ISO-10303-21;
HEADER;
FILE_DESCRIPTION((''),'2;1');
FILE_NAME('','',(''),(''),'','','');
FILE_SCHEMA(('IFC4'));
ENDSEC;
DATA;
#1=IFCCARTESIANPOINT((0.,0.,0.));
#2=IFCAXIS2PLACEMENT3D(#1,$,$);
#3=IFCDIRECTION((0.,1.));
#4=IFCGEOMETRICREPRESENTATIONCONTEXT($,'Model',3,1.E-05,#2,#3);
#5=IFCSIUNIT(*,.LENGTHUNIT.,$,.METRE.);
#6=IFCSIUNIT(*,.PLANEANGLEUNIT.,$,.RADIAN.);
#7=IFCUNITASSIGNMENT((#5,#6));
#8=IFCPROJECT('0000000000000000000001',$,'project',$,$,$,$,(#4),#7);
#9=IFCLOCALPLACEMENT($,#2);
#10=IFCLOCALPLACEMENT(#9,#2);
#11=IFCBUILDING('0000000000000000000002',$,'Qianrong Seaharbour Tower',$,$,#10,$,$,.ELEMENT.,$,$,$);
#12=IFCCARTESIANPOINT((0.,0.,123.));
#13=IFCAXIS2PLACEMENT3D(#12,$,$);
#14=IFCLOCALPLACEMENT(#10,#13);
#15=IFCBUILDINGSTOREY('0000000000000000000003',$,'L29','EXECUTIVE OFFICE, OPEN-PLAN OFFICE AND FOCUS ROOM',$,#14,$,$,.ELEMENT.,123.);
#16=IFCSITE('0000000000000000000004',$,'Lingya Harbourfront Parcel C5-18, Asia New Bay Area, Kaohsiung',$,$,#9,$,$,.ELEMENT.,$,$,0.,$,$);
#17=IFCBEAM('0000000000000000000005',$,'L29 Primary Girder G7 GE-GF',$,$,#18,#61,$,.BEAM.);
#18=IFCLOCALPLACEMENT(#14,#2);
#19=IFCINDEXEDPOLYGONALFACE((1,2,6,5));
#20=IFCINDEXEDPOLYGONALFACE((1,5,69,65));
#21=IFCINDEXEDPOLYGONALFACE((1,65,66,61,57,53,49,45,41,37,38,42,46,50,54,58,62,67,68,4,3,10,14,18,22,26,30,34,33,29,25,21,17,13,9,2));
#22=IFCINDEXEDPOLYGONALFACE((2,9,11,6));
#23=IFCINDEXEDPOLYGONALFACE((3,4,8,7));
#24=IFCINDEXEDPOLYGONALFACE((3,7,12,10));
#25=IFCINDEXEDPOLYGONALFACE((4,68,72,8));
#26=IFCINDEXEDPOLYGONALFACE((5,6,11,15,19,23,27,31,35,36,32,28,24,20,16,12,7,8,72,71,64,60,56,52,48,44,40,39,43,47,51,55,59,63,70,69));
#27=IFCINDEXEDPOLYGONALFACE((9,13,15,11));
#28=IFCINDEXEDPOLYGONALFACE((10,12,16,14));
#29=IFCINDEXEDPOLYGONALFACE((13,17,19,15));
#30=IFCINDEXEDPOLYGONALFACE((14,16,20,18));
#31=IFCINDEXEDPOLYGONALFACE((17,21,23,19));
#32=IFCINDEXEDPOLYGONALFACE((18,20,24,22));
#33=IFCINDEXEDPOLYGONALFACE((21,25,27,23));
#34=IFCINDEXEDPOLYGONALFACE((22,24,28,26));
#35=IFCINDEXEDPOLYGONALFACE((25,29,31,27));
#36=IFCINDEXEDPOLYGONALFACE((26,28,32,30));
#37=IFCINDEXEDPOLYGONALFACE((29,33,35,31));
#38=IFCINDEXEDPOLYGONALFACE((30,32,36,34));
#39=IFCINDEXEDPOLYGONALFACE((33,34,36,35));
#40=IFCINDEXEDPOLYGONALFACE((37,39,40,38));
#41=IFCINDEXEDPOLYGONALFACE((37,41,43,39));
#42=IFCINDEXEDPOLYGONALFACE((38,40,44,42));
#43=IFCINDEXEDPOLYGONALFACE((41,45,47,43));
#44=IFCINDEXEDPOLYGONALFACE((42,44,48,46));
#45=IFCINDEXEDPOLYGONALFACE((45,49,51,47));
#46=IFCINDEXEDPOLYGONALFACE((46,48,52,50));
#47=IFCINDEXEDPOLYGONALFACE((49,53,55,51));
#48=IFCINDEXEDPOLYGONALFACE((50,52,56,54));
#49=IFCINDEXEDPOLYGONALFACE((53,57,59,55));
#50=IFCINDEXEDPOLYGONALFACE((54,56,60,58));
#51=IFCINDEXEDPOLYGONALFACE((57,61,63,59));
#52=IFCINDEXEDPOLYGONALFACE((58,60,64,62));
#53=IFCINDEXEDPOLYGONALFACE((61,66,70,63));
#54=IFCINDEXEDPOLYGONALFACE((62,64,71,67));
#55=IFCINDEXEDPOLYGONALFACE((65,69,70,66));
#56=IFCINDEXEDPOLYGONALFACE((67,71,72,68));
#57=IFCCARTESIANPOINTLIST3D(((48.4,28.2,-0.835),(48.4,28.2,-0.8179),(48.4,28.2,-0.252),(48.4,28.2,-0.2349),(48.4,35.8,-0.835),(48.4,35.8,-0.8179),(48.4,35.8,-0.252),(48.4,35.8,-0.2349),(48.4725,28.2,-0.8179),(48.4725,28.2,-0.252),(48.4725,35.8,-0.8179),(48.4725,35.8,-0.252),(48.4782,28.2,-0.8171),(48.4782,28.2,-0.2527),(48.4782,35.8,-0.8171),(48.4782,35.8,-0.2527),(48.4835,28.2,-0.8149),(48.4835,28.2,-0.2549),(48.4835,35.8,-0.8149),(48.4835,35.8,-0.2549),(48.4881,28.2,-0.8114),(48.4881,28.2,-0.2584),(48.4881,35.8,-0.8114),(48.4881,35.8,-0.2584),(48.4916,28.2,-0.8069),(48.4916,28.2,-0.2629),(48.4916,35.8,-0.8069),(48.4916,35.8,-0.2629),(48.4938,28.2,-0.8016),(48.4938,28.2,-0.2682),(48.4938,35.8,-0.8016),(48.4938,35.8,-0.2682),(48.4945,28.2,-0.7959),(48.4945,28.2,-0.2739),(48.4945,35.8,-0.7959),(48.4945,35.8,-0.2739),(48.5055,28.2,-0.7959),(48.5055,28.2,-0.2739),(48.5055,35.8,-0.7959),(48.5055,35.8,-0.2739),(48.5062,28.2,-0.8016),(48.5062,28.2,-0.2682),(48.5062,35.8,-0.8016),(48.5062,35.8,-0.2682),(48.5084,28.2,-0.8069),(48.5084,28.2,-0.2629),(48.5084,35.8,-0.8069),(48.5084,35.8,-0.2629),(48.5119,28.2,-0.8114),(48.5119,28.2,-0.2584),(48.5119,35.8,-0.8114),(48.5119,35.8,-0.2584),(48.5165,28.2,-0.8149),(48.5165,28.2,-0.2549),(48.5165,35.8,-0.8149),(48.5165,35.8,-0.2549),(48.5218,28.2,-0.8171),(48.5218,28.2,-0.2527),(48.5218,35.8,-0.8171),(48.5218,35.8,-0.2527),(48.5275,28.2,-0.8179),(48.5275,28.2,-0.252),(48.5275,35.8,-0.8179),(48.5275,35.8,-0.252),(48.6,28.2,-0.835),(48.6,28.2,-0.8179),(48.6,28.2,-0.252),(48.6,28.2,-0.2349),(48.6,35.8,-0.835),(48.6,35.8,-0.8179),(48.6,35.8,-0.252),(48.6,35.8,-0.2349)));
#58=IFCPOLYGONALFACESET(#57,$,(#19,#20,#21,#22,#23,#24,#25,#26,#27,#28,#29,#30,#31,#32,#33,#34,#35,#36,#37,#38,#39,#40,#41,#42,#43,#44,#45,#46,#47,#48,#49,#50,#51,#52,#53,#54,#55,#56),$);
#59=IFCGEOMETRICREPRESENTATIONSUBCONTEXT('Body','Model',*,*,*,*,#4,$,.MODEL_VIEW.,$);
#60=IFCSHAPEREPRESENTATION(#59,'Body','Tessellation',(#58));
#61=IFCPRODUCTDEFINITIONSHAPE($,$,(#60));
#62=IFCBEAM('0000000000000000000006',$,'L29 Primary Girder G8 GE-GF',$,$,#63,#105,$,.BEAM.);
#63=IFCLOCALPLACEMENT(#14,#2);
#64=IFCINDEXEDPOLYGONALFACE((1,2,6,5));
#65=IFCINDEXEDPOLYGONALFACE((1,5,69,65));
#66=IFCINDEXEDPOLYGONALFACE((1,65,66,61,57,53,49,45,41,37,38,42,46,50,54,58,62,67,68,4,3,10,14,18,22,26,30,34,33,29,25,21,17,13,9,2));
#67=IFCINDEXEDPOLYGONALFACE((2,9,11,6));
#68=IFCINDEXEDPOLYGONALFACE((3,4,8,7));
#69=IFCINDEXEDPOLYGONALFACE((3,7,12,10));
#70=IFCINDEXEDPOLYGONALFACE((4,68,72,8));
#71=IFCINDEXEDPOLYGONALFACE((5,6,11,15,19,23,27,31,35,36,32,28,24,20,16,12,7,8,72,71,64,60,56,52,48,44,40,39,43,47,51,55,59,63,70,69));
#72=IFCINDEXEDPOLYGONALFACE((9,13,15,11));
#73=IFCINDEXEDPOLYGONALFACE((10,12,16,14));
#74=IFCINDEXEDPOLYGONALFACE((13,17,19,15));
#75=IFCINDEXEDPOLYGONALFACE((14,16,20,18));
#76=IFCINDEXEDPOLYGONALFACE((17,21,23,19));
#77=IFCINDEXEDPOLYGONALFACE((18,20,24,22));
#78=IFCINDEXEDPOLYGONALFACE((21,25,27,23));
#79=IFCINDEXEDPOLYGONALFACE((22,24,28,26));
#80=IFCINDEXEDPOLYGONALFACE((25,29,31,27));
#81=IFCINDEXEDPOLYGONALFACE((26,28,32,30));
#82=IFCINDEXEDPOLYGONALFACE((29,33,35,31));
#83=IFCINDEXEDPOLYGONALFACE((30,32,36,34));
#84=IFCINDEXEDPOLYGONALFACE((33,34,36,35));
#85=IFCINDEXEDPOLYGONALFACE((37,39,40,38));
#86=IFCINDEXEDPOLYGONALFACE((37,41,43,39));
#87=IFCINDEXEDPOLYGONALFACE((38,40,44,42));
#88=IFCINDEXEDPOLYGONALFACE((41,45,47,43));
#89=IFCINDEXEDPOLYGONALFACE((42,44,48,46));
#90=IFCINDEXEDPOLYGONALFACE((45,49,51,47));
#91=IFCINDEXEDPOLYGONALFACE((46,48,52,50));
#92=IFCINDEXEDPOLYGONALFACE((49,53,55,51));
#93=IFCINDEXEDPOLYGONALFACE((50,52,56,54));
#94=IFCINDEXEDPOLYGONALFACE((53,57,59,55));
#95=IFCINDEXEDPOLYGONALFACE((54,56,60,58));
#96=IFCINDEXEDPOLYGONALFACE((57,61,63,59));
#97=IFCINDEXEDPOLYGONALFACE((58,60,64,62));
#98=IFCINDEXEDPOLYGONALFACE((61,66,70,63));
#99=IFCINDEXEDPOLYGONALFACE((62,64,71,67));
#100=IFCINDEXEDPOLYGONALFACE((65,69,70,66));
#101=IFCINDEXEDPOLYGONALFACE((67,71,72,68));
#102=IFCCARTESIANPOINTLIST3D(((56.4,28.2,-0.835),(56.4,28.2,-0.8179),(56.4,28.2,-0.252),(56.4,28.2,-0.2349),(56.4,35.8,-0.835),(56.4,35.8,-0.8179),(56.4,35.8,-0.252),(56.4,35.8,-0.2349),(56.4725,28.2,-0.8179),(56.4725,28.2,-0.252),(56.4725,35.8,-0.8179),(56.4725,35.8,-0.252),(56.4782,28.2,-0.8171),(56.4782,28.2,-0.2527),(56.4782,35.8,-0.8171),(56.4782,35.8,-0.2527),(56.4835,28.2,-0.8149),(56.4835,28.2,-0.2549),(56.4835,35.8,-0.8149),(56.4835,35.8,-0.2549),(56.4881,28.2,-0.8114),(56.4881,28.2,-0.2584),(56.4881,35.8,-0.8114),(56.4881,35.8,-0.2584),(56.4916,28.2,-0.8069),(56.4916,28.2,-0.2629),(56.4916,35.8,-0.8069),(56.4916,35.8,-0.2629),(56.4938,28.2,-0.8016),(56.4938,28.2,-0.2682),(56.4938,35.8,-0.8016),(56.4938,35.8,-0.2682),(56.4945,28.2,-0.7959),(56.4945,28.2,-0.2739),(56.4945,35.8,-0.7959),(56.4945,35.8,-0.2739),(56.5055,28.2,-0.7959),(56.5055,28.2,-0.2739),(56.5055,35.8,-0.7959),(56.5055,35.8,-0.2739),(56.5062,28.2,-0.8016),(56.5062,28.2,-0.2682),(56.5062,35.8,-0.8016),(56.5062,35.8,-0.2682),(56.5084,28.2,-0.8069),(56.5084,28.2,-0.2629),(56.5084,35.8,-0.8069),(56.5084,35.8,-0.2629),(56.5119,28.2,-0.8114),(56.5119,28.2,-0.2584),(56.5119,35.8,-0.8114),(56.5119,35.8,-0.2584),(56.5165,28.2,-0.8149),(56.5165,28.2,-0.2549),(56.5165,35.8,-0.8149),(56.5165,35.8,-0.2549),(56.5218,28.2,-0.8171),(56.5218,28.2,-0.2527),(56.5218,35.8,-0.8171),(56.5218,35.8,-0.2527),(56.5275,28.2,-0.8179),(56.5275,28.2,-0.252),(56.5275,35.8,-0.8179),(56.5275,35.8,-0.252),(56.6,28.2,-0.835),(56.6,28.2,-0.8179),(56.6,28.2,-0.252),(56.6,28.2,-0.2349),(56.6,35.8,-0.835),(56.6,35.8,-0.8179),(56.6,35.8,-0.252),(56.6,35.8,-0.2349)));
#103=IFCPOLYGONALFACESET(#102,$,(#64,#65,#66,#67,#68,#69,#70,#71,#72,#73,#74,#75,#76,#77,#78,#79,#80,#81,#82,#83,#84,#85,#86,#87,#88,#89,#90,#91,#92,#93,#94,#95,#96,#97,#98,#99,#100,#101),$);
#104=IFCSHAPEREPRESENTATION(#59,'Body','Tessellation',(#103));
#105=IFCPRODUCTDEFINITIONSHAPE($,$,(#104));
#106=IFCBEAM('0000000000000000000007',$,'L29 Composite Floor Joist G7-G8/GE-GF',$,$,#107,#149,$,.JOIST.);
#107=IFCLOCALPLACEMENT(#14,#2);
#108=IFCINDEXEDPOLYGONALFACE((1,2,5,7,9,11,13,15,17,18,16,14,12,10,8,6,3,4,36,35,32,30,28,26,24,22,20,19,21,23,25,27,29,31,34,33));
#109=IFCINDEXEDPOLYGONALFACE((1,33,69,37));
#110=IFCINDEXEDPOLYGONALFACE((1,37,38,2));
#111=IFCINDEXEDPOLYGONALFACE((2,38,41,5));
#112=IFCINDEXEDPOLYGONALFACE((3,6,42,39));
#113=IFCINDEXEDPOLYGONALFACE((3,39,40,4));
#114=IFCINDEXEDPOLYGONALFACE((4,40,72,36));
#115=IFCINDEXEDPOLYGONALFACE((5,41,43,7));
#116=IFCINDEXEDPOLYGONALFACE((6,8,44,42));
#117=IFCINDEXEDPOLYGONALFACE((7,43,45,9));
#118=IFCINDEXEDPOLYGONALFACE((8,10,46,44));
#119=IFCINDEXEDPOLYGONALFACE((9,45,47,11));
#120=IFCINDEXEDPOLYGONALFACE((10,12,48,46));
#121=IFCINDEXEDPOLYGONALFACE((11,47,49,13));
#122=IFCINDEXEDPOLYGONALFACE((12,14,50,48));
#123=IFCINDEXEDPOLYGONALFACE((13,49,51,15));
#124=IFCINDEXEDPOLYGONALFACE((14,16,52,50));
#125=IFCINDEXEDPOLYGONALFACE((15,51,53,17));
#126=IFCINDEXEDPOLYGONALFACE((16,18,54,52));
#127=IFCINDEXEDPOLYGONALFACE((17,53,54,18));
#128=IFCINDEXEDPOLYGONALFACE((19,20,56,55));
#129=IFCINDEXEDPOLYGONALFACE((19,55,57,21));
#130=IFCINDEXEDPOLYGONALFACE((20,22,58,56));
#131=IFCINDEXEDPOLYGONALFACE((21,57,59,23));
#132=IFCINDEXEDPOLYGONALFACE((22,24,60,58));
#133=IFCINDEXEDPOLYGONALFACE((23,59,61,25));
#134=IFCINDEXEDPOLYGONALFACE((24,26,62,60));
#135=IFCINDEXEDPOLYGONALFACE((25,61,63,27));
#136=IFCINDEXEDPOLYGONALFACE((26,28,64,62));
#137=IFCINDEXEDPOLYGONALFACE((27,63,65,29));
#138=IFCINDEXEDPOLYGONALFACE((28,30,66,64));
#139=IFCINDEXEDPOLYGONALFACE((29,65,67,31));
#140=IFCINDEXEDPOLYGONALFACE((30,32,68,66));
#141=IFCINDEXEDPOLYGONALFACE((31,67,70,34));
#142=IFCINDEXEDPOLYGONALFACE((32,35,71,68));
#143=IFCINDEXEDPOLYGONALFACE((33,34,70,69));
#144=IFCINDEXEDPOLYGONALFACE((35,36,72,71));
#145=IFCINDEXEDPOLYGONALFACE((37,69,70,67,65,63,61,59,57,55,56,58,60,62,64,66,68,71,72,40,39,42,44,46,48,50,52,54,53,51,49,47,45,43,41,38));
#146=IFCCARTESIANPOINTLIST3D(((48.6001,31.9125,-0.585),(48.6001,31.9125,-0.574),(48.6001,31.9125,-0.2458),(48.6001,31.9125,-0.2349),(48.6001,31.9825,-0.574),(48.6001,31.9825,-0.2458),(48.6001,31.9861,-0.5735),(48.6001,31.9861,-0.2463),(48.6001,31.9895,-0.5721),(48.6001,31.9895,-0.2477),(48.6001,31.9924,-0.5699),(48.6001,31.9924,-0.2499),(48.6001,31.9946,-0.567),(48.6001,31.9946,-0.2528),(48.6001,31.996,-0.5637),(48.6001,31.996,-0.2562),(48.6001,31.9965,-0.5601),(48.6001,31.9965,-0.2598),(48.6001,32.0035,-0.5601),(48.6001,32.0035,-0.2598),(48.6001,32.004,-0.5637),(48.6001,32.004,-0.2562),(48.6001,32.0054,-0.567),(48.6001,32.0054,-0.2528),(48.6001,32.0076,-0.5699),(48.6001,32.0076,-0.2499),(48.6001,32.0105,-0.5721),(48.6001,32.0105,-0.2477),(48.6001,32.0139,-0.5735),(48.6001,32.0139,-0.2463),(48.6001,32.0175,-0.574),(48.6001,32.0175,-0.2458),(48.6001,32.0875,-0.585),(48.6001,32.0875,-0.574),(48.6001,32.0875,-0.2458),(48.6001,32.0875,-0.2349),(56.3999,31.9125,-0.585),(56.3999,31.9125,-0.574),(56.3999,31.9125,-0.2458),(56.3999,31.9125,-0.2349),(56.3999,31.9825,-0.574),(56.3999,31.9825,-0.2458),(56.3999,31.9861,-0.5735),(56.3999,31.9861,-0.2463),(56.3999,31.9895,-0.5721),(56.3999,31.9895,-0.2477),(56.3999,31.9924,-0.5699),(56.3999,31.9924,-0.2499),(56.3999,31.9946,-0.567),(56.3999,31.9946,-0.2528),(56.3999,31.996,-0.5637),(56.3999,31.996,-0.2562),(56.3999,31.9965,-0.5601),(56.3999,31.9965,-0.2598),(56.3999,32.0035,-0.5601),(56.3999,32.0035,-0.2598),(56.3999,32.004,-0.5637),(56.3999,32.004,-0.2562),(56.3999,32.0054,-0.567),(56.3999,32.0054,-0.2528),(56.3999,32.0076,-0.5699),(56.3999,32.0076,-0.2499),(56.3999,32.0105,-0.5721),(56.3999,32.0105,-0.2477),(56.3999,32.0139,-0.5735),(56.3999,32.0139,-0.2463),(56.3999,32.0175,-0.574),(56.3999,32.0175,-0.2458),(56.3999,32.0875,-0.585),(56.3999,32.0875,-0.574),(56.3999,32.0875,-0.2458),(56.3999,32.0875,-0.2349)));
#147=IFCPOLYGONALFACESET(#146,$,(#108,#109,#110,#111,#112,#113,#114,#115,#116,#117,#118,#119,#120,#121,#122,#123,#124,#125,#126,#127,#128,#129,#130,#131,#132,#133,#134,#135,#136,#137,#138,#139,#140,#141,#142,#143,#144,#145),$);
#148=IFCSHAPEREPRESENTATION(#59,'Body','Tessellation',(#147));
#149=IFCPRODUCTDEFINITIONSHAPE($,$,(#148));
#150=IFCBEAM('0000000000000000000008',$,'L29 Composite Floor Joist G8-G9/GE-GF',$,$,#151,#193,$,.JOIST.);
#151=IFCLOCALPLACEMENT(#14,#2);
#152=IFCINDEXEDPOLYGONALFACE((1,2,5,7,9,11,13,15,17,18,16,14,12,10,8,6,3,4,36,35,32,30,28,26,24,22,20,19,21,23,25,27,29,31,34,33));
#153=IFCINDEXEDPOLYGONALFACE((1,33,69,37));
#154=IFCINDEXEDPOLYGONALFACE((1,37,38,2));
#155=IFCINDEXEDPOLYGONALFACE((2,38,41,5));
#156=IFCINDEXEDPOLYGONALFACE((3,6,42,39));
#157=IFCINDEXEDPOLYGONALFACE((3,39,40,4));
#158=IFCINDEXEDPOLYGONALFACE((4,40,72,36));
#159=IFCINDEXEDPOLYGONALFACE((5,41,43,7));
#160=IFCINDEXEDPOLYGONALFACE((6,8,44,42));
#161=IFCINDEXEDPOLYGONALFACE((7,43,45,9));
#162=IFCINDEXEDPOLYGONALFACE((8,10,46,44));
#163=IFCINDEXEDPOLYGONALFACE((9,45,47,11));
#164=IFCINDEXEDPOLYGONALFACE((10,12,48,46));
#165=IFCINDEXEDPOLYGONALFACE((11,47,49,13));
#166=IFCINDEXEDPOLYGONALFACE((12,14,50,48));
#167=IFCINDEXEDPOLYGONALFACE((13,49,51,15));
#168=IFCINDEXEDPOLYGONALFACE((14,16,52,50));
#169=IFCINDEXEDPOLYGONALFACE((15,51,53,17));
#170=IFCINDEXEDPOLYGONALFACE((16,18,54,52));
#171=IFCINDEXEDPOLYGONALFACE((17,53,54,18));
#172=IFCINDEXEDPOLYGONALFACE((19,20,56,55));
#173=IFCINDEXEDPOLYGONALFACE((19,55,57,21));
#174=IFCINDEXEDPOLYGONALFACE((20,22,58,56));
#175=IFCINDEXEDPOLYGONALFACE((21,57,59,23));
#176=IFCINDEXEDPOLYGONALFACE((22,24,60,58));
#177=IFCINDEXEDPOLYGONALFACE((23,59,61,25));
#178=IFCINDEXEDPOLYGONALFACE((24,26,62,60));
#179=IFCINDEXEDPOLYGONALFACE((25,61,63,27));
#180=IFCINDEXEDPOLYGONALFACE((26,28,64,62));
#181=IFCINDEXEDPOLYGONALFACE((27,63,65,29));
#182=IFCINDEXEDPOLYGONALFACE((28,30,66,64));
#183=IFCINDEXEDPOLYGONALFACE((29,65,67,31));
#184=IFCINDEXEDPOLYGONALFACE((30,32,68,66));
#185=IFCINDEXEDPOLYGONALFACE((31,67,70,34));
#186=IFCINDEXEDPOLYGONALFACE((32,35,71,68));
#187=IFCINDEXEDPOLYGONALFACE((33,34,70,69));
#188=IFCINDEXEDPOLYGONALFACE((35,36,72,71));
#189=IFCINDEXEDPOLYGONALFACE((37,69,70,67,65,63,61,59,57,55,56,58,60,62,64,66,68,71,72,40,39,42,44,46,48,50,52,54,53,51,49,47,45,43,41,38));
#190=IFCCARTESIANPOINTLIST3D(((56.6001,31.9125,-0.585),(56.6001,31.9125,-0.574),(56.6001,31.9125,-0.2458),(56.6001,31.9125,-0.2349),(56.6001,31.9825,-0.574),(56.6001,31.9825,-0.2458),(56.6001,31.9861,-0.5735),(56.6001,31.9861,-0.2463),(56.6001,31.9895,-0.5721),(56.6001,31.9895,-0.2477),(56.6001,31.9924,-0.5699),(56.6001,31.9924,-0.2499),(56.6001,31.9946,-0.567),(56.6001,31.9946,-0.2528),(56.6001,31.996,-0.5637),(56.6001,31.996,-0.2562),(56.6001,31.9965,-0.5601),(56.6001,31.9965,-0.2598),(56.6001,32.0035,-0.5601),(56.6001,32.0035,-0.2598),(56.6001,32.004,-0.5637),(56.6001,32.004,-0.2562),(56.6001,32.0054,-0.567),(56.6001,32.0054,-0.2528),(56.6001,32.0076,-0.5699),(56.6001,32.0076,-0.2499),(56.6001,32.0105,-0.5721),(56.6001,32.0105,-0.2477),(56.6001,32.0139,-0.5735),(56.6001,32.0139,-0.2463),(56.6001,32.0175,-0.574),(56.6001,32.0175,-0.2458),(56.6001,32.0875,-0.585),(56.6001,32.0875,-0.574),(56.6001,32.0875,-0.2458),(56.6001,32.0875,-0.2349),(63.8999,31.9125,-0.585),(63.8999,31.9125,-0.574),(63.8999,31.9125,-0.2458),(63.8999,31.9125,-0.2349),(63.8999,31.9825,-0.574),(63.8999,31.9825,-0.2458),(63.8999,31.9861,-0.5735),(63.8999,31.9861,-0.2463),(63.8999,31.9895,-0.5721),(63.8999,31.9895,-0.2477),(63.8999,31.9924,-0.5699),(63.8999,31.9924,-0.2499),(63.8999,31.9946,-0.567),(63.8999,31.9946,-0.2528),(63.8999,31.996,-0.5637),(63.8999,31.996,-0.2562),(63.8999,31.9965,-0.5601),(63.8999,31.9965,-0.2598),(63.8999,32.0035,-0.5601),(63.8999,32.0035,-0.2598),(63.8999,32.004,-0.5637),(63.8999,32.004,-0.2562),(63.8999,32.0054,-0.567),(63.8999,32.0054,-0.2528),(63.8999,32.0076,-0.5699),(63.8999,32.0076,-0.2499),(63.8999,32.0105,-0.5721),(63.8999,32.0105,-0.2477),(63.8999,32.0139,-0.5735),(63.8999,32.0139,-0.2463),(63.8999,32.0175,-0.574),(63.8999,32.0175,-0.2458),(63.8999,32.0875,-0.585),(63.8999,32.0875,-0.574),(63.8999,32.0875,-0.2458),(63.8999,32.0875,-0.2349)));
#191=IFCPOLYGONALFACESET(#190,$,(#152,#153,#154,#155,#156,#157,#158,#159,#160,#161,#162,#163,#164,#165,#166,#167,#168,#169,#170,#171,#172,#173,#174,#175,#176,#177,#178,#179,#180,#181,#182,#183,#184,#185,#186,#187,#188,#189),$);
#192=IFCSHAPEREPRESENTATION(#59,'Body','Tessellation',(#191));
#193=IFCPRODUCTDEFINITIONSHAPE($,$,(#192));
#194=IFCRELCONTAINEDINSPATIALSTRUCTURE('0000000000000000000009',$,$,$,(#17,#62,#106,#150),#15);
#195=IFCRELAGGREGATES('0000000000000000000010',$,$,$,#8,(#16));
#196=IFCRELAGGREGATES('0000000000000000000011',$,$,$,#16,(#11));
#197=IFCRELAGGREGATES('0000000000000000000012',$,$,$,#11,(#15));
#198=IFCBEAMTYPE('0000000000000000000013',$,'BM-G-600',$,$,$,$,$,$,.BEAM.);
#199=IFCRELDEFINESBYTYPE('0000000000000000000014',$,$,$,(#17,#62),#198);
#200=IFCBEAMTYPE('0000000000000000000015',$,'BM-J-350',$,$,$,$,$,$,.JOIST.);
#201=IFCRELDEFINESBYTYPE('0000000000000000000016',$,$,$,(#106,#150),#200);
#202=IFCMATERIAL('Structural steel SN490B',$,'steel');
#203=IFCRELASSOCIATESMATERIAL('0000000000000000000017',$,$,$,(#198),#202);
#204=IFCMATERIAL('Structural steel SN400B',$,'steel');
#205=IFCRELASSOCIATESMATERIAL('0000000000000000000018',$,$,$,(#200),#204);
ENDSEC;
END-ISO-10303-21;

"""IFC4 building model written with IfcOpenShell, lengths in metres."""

from ifc_helpers import new_model, si_unit, direction, frame, origin, origin_2d, place, context, subcontext, project, spatial, i_section, extrude, material, material_profile, profile_set, type_object, element, save


model = new_model("IFC4")

# Units and contexts
model_context = context("Model", 3, precision=1e-05, world=origin(), true_north=direction((0.0, 1.0)))
body_context = subcontext(model_context, "Body", "Model", "MODEL_VIEW")
ifc_project = project(units=[si_unit("LENGTHUNIT", "METRE"), si_unit("PLANEANGLEUNIT", "RADIAN")], contexts=[model_context])

# Site, building, storey
site_placement = place(None, origin())
site = spatial("IfcSite", under=ifc_project, at=site_placement, Name="Lingya Harbourfront Parcel C5-18, Asia New Bay Area, Kaohsiung", CompositionType="ELEMENT", RefElevation=0.0)
building_placement = place(site_placement, origin())
building = spatial("IfcBuilding", under=site, at=building_placement, Name="Qianrong Seaharbour Tower", CompositionType="ELEMENT")
storey_placement = place(building_placement, frame((0.0, 0.0, 123.0)))
storey = spatial("IfcBuildingStorey", under=building, at=storey_placement, Name="L29", Description="EXECUTIVE OFFICE, OPEN-PLAN OFFICE AND FOCUS ROOM", CompositionType="ELEMENT", Elevation=123.0)

# Shared definitions
ifc_material_1 = material(Name="Structural steel SN490B", Category="steel")

# Beams
ifc_material_profile_1 = material_profile(ifc_material_1, i_section(OverallWidth=0.2, OverallDepth=0.6001, WebThickness=0.011, FlangeThickness=0.0171, FilletRadius=0.022, at=origin_2d()), Name="H600x200x11x17")
ifc_profile_set_1 = profile_set([ifc_material_profile_1], Name="Structural steel SN490B")
beam_type_1 = type_object("IfcBeamType", Name="BM-G-600", PredefinedType="BEAM", material=ifc_profile_set_1)
for number, where, z_axis, x_axis, name in (
    (1, (48.5, 28.2, -0.5349), (0.0, 1.0, 0.0), (-1.0, 0.0, 0.0), "L29 Primary Girder G7 GE-GF"),
    (2, (56.5, 28.2, -0.5349), (0.0, 1.0, 0.0), (-1.0, 0.0, 0.0), "L29 Primary Girder G8 GE-GF"),
):
    element("IfcBeam", number, at=place(storey_placement, frame(where, z_axis=z_axis, x_axis=x_axis)), inside=storey, type_object=beam_type_1, Name=name, PredefinedType="BEAM", context=body_context, shape_type="SweptSolid", body=[
        extrude(i_section(OverallWidth=0.2, OverallDepth=0.6001, WebThickness=0.011, FlangeThickness=0.0171, FilletRadius=0.022, at=origin_2d()), origin(), (0.0, 0.0, 1.0), 7.6001),
    ])
ifc_material_2 = material(Name="Structural steel SN400B", Category="steel")
ifc_material_profile_2 = material_profile(ifc_material_2, i_section(OverallWidth=0.175, OverallDepth=0.3501, WebThickness=0.0071, FlangeThickness=0.011, FilletRadius=0.0139, at=origin_2d()), Name="H350x175x7x11")
ifc_profile_set_2 = profile_set([ifc_material_profile_2], Name="Structural steel SN400B")
beam_type_2 = type_object("IfcBeamType", Name="BM-J-350", PredefinedType="JOIST", material=ifc_profile_set_2)
beam_1_placement = place(storey_placement, frame((48.6001, 32.0, -0.4099), z_axis=(1.0, 0.0, 0.0), x_axis=(0.0, 1.0, 0.0)))
element("IfcBeam", 3, at=beam_1_placement, inside=storey, type_object=beam_type_2, Name="L29 Composite Floor Joist G7-G8/GE-GF", PredefinedType="JOIST", context=body_context, shape_type="SweptSolid", body=[
    extrude(i_section(OverallWidth=0.175, OverallDepth=0.3501, WebThickness=0.0071, FlangeThickness=0.011, FilletRadius=0.0139, at=origin_2d()), origin(), (0.0, 0.0, 1.0), 7.7998),
])
beam_2_placement = place(storey_placement, frame((56.6001, 32.0, -0.4099), z_axis=(1.0, 0.0, 0.0), x_axis=(0.0, 1.0, 0.0)))
element("IfcBeam", 4, at=beam_2_placement, inside=storey, type_object=beam_type_2, Name="L29 Composite Floor Joist G8-G9/GE-GF", PredefinedType="JOIST", context=body_context, shape_type="SweptSolid", body=[
    extrude(i_section(OverallWidth=0.175, OverallDepth=0.3501, WebThickness=0.0071, FlangeThickness=0.011, FilletRadius=0.0139, at=origin_2d()), origin(), (0.0, 0.0, 1.0), 7.2998),
])

save(model, "model.ifc")
